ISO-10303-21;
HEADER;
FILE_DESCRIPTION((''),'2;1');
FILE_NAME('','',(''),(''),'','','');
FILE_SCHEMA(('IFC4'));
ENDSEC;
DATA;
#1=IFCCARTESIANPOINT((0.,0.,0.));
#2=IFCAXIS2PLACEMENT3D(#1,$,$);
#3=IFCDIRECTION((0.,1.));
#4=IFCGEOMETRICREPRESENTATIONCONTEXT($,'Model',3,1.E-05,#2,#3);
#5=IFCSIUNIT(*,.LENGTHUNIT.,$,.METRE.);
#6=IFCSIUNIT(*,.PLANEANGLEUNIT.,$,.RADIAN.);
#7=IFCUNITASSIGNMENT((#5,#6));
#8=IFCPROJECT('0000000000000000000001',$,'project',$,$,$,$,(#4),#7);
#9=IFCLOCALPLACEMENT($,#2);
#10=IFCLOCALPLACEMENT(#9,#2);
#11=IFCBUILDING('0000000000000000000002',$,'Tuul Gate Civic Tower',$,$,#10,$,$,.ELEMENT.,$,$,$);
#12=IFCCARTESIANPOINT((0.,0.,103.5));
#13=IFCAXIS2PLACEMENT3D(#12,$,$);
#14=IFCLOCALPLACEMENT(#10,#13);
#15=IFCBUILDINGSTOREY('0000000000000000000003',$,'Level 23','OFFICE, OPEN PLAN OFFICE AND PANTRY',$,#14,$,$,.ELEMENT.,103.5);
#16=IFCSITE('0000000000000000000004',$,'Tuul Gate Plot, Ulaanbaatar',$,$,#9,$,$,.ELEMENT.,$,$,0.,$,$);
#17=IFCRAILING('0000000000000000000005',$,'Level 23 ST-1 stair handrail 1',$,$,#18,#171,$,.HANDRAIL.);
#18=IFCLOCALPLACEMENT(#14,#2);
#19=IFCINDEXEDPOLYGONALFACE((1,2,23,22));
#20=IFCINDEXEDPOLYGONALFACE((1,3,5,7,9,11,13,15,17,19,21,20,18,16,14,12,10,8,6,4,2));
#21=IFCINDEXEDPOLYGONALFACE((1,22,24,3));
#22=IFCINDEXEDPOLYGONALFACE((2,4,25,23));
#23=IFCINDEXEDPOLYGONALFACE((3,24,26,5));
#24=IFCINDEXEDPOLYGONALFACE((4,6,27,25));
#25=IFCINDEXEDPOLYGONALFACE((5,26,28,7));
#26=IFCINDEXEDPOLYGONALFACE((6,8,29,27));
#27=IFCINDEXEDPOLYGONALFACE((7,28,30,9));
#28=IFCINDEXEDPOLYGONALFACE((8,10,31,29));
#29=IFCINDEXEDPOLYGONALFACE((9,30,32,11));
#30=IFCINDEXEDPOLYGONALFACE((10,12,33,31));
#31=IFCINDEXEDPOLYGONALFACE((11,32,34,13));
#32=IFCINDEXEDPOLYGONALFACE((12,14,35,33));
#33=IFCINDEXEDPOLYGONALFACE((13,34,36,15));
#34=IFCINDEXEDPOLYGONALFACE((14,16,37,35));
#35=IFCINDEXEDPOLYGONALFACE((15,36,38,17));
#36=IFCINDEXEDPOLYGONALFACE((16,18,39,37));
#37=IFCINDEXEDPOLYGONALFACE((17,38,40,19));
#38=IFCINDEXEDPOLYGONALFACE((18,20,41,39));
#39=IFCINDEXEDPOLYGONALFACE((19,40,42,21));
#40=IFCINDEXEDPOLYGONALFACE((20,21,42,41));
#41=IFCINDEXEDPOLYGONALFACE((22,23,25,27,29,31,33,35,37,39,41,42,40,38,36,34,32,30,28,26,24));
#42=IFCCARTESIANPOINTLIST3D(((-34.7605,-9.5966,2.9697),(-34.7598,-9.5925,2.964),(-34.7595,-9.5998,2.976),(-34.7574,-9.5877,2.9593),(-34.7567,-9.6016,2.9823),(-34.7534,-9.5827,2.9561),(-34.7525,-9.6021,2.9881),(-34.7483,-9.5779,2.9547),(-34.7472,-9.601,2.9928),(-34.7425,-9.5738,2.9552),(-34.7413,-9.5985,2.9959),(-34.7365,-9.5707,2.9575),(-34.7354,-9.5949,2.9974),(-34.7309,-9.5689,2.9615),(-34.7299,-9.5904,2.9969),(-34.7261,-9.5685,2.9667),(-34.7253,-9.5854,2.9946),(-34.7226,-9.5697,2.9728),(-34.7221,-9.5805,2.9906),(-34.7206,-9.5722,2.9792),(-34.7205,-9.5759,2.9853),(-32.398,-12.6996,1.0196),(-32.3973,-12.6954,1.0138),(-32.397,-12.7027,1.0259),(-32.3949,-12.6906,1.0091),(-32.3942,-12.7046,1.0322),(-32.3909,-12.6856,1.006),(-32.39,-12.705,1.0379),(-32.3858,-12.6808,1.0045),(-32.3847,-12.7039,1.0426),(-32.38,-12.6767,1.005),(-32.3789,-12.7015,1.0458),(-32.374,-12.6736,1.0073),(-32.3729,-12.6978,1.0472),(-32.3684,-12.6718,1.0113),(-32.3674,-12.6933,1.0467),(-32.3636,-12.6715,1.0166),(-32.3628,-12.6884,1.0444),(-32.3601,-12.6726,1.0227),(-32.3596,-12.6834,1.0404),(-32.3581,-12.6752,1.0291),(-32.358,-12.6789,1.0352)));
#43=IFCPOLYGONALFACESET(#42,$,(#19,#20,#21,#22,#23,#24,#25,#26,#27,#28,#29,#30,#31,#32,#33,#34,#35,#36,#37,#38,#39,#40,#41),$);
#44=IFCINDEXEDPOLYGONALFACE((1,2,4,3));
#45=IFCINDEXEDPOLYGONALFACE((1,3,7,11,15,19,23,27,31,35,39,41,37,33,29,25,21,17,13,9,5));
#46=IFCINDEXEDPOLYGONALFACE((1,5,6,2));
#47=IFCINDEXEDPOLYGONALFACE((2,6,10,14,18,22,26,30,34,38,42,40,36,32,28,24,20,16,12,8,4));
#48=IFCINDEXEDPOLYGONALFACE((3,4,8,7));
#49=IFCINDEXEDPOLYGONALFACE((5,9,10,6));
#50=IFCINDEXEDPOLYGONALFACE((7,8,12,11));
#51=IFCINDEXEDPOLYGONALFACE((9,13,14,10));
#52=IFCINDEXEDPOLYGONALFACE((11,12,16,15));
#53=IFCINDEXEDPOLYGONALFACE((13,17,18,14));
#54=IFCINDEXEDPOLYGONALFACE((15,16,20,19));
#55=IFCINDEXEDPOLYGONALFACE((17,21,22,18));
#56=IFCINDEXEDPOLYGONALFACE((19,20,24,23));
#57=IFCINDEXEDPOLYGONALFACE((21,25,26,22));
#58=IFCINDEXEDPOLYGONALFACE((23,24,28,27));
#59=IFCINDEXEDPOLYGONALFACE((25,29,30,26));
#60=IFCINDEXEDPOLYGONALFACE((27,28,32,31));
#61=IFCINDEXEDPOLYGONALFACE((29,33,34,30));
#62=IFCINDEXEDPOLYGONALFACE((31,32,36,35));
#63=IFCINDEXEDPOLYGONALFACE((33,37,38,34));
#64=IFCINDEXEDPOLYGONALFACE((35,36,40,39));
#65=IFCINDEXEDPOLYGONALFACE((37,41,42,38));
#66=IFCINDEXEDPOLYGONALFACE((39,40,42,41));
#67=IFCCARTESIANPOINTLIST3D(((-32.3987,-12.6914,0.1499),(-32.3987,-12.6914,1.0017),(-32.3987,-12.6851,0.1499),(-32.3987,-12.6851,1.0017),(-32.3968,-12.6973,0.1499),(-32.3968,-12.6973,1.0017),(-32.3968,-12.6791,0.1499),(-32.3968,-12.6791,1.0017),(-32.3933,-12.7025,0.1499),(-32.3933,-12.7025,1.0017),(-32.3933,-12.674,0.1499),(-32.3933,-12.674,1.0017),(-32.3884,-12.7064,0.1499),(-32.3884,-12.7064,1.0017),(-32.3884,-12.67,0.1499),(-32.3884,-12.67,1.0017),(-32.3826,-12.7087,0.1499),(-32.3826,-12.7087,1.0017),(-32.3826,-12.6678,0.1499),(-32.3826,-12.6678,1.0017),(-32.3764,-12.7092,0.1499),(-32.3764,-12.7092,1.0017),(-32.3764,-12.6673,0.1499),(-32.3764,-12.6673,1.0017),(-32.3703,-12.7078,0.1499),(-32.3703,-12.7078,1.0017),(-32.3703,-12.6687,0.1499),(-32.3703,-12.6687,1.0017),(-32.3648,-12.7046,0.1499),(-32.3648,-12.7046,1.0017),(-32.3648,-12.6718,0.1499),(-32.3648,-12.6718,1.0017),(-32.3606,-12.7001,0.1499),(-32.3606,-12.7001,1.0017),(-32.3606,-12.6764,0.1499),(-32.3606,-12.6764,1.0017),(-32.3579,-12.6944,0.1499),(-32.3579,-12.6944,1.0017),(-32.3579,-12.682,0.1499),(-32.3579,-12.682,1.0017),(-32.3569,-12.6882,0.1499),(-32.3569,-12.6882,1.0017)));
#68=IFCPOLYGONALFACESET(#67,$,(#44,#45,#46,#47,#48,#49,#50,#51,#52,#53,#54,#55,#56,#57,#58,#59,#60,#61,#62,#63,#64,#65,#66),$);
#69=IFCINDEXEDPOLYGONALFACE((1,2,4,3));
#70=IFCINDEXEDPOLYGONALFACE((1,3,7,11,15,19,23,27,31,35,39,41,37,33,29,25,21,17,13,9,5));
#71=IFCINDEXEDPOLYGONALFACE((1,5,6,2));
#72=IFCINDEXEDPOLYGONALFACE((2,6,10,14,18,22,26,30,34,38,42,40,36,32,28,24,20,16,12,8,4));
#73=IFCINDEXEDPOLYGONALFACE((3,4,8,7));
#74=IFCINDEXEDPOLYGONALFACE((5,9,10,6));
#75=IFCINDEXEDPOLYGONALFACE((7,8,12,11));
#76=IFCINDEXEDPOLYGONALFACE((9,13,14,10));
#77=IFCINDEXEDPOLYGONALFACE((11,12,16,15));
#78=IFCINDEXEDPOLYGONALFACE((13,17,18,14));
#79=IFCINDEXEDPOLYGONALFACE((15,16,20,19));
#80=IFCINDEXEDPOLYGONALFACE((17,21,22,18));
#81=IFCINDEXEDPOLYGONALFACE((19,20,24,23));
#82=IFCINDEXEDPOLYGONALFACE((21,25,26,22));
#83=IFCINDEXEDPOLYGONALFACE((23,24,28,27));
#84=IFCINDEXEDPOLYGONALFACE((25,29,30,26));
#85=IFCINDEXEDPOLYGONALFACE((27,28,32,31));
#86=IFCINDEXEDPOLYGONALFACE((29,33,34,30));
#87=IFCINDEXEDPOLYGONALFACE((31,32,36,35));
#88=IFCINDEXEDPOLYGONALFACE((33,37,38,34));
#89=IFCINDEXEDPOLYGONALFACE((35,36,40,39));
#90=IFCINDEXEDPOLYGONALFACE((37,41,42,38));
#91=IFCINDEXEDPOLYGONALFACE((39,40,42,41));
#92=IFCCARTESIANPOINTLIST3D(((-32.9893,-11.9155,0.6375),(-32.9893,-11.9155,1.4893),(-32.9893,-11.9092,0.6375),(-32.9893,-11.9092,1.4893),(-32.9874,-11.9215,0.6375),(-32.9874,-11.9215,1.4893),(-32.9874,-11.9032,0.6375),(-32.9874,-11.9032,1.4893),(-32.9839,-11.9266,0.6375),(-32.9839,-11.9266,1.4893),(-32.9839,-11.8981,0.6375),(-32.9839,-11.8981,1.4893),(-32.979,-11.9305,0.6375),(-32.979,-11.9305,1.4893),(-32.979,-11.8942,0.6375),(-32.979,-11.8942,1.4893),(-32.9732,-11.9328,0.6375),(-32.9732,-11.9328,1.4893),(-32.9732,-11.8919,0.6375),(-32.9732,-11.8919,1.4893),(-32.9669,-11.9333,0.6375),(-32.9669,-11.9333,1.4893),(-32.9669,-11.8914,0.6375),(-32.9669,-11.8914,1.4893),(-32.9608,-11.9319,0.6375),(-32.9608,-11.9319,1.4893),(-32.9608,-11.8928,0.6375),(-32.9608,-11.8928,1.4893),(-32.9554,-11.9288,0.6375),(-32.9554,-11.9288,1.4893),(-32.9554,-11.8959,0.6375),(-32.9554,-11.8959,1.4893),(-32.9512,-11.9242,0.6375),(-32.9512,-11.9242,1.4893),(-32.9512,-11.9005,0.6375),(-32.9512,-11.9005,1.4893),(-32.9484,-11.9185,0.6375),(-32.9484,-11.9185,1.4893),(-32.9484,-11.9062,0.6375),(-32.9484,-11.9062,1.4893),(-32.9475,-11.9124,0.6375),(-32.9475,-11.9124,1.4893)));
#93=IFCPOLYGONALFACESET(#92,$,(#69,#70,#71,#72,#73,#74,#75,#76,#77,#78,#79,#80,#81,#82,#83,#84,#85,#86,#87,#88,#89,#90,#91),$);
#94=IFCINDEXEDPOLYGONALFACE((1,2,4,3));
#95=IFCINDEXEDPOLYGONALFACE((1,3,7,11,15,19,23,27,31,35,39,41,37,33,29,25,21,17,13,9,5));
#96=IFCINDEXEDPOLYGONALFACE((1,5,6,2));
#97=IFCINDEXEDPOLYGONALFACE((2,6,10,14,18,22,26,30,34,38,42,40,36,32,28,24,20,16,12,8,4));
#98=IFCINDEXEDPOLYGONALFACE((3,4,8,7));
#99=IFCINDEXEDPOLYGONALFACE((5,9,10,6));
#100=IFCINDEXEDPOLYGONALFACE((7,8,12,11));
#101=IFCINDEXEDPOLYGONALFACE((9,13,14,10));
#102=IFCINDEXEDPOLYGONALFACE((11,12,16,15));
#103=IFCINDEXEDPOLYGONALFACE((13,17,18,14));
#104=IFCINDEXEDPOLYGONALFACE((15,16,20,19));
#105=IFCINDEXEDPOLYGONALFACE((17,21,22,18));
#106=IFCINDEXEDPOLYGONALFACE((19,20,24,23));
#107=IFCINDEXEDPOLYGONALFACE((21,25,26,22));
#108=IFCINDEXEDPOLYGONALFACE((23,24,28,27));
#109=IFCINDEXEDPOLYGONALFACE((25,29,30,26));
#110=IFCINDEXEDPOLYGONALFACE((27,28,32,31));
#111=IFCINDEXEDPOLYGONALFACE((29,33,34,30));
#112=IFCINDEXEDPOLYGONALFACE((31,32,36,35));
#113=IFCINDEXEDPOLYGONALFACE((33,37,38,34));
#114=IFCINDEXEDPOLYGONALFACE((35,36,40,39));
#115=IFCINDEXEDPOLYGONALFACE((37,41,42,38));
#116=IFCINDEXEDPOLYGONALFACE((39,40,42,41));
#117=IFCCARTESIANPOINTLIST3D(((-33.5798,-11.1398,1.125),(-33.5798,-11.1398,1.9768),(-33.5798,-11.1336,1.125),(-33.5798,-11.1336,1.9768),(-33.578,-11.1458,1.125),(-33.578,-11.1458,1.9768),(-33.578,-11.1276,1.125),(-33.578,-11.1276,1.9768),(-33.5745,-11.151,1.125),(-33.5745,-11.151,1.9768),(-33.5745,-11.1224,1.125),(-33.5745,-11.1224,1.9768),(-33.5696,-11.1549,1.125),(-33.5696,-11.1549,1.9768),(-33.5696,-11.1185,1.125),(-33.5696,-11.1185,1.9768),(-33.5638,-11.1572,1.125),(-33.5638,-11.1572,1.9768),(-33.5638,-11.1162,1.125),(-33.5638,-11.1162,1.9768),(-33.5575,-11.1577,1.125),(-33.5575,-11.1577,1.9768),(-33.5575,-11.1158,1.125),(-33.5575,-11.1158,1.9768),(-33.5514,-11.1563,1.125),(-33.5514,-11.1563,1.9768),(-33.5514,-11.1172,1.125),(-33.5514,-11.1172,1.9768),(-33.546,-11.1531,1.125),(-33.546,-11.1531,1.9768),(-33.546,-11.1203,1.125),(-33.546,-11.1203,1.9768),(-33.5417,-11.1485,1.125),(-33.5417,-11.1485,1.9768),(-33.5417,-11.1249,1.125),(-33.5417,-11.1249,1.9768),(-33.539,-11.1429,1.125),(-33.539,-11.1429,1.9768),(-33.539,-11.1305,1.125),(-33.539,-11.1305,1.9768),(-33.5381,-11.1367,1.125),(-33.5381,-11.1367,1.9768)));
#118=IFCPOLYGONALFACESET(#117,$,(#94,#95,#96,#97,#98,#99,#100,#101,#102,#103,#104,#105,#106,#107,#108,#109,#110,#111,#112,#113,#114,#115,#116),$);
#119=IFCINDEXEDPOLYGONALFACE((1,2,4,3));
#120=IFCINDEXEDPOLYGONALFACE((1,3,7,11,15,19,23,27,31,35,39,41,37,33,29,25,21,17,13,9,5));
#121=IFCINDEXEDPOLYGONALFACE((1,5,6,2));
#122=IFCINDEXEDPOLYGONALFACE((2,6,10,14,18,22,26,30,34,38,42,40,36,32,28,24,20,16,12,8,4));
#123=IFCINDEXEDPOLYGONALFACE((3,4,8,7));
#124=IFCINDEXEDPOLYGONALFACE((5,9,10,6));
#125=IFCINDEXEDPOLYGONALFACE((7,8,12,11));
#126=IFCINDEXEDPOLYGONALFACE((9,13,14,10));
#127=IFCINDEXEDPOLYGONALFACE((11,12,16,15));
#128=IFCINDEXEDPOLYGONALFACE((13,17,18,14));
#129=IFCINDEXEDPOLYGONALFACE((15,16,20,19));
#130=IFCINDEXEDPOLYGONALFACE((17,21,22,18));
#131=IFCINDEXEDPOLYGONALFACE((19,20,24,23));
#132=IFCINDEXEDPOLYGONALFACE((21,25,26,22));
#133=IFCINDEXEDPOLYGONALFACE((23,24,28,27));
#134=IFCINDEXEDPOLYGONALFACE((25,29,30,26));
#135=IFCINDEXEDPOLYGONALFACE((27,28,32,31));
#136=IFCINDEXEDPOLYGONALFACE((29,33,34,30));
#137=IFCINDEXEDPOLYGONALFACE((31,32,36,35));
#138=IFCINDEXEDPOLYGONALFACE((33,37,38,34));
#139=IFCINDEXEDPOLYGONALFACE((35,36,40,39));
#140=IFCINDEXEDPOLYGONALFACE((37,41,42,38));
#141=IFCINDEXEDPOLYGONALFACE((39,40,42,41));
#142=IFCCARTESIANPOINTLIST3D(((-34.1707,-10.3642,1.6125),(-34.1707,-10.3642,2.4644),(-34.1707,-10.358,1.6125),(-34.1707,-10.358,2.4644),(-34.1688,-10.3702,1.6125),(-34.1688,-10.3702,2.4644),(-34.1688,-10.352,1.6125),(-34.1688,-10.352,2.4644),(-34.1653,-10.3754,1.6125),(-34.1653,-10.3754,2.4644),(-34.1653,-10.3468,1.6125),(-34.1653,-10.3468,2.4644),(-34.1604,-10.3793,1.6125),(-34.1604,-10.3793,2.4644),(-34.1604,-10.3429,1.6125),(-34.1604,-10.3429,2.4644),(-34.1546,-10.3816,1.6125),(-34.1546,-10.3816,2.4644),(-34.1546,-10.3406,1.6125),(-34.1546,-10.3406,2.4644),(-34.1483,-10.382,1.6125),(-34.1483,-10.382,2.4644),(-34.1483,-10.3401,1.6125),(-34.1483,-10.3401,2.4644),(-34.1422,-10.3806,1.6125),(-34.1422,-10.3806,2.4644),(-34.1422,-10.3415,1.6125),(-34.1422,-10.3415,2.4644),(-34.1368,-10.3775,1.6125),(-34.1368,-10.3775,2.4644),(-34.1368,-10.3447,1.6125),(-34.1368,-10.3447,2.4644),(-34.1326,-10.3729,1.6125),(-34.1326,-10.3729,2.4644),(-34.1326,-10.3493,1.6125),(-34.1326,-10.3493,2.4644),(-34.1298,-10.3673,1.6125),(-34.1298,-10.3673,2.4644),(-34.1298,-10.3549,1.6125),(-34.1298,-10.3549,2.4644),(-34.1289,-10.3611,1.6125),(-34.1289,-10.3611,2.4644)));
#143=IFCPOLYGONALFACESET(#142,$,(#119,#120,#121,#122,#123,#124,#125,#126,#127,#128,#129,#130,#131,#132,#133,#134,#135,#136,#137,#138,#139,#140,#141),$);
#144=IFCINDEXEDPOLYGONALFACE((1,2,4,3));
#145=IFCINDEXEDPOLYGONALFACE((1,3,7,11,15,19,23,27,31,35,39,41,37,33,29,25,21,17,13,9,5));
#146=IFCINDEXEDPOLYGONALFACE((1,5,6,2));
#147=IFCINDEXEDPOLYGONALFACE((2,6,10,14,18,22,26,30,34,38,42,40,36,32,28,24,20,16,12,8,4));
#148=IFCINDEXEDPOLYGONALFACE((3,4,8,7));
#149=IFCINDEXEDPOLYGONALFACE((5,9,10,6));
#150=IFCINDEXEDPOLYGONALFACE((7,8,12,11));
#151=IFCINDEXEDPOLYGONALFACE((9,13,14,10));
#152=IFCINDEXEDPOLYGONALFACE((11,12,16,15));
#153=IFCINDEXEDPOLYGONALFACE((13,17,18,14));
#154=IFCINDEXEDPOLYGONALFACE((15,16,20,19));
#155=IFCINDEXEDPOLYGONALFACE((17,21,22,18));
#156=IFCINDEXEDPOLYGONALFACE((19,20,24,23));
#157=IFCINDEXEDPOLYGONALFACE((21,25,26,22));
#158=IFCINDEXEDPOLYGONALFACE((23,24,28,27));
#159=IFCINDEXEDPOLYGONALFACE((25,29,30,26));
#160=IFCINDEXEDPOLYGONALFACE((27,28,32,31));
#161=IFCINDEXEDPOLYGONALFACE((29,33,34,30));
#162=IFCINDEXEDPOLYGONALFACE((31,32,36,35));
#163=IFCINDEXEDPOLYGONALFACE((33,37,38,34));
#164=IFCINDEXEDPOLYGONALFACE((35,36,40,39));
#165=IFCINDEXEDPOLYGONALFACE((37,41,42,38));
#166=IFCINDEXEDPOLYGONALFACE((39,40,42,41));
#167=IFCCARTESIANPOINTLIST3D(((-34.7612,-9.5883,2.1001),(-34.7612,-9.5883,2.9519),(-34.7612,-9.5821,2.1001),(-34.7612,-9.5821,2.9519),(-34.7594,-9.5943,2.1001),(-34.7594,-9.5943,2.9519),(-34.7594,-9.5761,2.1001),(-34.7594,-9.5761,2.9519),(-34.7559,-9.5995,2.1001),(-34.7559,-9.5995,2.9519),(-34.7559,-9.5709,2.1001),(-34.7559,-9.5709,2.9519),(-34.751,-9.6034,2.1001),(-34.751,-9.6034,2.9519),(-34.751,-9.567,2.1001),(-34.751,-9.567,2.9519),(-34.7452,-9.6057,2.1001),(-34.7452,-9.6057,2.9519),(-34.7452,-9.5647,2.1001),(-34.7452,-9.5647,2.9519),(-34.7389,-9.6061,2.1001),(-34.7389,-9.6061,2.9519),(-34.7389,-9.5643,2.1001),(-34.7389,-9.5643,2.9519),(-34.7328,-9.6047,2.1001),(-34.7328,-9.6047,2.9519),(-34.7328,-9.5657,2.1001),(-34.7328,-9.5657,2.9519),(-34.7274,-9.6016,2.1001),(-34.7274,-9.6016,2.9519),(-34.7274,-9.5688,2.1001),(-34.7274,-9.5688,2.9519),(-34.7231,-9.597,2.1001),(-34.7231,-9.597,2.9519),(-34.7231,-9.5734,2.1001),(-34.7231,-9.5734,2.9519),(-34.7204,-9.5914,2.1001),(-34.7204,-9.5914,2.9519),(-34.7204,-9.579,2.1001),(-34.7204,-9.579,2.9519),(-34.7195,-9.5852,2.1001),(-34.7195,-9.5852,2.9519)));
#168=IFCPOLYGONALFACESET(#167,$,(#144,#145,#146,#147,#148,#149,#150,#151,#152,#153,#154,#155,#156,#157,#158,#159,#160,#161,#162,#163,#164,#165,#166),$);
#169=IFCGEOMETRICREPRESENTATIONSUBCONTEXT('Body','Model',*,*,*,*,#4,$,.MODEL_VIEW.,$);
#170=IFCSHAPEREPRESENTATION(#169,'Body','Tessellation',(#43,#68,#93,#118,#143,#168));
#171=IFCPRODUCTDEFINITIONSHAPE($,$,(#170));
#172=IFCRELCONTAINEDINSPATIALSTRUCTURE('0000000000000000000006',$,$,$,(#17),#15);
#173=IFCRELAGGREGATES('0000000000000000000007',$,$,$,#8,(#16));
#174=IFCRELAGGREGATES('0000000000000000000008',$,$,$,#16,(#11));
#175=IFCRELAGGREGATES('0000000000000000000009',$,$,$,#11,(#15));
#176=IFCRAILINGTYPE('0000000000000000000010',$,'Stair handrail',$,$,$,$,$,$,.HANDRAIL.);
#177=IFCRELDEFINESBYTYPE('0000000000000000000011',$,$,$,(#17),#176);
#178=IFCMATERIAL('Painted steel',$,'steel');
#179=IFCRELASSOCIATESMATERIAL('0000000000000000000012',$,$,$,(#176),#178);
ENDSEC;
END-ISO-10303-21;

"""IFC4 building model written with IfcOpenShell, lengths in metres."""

from ifc_helpers import new_model, si_unit, direction, frame, origin, origin_2d, place, context, subcontext, project, spatial, circle, extrude, material, type_object, element, save


model = new_model("IFC4")

# Units and contexts
model_context = context("Model", 3, precision=1e-05, world=origin(), true_north=direction((0.0, 1.0)))
body_context = subcontext(model_context, "Body", "Model", "MODEL_VIEW")
ifc_project = project(units=[si_unit("LENGTHUNIT", "METRE"), si_unit("PLANEANGLEUNIT", "RADIAN")], contexts=[model_context])

# Site, building, storey
site_placement = place(None, origin())
site = spatial("IfcSite", under=ifc_project, at=site_placement, Name="Tuul Gate Plot, Ulaanbaatar", CompositionType="ELEMENT", RefElevation=0.0)
building_placement = place(site_placement, origin())
building = spatial("IfcBuilding", under=site, at=building_placement, Name="Tuul Gate Civic Tower", CompositionType="ELEMENT")
storey_placement = place(building_placement, frame((0.0, 0.0, 103.5)))
storey = spatial("IfcBuildingStorey", under=building, at=storey_placement, Name="Level 23", Description="OFFICE, OPEN PLAN OFFICE AND PANTRY", CompositionType="ELEMENT", Elevation=103.5)

# Railing
ifc_material_1 = material(Name="Painted steel", Category="steel")
railing_type_1 = type_object("IfcRailingType", Name="Stair handrail", PredefinedType="HANDRAIL", material=ifc_material_1)
railing_1_placement = place(storey_placement, frame((-32.3779, -12.6882, 0.1499)))
element("IfcRailing", 1, at=railing_1_placement, inside=storey, type_object=railing_type_1, Name="Level 23 ST-1 stair handrail 1", PredefinedType="HANDRAIL", context=body_context, shape_type="SweptSolid", body=[
    extrude(circle(Radius=0.0239, at=origin_2d()), frame((0.0, 0.0, 0.876), z_axis=(-0.541811, 0.711627, 0.447245), x_axis=(-0.795637, -0.605773, 0.0)), (0.0, 0.0, 1.0), 4.3604),
    extrude(circle(Radius=0.021, at=origin_2d()), origin(), (0.0, 0.0, 1.0), 0.8518),
    extrude(circle(Radius=0.021, at=origin_2d()), frame((-0.5906, 0.7759, 0.4875)), (0.0, 0.0, 1.0), 0.8518),
    extrude(circle(Radius=0.021, at=origin_2d()), frame((-1.1812, 1.5515, 0.9751)), (0.0, 0.0, 1.0), 0.8518),
    extrude(circle(Radius=0.021, at=origin_2d()), frame((-1.772, 2.3271, 1.4626)), (0.0, 0.0, 1.0), 0.8518),
    extrude(circle(Radius=0.021, at=origin_2d()), frame((-2.3625, 3.103, 1.9502)), (0.0, 0.0, 1.0), 0.8518),
])

save(model, "model.ifc")
